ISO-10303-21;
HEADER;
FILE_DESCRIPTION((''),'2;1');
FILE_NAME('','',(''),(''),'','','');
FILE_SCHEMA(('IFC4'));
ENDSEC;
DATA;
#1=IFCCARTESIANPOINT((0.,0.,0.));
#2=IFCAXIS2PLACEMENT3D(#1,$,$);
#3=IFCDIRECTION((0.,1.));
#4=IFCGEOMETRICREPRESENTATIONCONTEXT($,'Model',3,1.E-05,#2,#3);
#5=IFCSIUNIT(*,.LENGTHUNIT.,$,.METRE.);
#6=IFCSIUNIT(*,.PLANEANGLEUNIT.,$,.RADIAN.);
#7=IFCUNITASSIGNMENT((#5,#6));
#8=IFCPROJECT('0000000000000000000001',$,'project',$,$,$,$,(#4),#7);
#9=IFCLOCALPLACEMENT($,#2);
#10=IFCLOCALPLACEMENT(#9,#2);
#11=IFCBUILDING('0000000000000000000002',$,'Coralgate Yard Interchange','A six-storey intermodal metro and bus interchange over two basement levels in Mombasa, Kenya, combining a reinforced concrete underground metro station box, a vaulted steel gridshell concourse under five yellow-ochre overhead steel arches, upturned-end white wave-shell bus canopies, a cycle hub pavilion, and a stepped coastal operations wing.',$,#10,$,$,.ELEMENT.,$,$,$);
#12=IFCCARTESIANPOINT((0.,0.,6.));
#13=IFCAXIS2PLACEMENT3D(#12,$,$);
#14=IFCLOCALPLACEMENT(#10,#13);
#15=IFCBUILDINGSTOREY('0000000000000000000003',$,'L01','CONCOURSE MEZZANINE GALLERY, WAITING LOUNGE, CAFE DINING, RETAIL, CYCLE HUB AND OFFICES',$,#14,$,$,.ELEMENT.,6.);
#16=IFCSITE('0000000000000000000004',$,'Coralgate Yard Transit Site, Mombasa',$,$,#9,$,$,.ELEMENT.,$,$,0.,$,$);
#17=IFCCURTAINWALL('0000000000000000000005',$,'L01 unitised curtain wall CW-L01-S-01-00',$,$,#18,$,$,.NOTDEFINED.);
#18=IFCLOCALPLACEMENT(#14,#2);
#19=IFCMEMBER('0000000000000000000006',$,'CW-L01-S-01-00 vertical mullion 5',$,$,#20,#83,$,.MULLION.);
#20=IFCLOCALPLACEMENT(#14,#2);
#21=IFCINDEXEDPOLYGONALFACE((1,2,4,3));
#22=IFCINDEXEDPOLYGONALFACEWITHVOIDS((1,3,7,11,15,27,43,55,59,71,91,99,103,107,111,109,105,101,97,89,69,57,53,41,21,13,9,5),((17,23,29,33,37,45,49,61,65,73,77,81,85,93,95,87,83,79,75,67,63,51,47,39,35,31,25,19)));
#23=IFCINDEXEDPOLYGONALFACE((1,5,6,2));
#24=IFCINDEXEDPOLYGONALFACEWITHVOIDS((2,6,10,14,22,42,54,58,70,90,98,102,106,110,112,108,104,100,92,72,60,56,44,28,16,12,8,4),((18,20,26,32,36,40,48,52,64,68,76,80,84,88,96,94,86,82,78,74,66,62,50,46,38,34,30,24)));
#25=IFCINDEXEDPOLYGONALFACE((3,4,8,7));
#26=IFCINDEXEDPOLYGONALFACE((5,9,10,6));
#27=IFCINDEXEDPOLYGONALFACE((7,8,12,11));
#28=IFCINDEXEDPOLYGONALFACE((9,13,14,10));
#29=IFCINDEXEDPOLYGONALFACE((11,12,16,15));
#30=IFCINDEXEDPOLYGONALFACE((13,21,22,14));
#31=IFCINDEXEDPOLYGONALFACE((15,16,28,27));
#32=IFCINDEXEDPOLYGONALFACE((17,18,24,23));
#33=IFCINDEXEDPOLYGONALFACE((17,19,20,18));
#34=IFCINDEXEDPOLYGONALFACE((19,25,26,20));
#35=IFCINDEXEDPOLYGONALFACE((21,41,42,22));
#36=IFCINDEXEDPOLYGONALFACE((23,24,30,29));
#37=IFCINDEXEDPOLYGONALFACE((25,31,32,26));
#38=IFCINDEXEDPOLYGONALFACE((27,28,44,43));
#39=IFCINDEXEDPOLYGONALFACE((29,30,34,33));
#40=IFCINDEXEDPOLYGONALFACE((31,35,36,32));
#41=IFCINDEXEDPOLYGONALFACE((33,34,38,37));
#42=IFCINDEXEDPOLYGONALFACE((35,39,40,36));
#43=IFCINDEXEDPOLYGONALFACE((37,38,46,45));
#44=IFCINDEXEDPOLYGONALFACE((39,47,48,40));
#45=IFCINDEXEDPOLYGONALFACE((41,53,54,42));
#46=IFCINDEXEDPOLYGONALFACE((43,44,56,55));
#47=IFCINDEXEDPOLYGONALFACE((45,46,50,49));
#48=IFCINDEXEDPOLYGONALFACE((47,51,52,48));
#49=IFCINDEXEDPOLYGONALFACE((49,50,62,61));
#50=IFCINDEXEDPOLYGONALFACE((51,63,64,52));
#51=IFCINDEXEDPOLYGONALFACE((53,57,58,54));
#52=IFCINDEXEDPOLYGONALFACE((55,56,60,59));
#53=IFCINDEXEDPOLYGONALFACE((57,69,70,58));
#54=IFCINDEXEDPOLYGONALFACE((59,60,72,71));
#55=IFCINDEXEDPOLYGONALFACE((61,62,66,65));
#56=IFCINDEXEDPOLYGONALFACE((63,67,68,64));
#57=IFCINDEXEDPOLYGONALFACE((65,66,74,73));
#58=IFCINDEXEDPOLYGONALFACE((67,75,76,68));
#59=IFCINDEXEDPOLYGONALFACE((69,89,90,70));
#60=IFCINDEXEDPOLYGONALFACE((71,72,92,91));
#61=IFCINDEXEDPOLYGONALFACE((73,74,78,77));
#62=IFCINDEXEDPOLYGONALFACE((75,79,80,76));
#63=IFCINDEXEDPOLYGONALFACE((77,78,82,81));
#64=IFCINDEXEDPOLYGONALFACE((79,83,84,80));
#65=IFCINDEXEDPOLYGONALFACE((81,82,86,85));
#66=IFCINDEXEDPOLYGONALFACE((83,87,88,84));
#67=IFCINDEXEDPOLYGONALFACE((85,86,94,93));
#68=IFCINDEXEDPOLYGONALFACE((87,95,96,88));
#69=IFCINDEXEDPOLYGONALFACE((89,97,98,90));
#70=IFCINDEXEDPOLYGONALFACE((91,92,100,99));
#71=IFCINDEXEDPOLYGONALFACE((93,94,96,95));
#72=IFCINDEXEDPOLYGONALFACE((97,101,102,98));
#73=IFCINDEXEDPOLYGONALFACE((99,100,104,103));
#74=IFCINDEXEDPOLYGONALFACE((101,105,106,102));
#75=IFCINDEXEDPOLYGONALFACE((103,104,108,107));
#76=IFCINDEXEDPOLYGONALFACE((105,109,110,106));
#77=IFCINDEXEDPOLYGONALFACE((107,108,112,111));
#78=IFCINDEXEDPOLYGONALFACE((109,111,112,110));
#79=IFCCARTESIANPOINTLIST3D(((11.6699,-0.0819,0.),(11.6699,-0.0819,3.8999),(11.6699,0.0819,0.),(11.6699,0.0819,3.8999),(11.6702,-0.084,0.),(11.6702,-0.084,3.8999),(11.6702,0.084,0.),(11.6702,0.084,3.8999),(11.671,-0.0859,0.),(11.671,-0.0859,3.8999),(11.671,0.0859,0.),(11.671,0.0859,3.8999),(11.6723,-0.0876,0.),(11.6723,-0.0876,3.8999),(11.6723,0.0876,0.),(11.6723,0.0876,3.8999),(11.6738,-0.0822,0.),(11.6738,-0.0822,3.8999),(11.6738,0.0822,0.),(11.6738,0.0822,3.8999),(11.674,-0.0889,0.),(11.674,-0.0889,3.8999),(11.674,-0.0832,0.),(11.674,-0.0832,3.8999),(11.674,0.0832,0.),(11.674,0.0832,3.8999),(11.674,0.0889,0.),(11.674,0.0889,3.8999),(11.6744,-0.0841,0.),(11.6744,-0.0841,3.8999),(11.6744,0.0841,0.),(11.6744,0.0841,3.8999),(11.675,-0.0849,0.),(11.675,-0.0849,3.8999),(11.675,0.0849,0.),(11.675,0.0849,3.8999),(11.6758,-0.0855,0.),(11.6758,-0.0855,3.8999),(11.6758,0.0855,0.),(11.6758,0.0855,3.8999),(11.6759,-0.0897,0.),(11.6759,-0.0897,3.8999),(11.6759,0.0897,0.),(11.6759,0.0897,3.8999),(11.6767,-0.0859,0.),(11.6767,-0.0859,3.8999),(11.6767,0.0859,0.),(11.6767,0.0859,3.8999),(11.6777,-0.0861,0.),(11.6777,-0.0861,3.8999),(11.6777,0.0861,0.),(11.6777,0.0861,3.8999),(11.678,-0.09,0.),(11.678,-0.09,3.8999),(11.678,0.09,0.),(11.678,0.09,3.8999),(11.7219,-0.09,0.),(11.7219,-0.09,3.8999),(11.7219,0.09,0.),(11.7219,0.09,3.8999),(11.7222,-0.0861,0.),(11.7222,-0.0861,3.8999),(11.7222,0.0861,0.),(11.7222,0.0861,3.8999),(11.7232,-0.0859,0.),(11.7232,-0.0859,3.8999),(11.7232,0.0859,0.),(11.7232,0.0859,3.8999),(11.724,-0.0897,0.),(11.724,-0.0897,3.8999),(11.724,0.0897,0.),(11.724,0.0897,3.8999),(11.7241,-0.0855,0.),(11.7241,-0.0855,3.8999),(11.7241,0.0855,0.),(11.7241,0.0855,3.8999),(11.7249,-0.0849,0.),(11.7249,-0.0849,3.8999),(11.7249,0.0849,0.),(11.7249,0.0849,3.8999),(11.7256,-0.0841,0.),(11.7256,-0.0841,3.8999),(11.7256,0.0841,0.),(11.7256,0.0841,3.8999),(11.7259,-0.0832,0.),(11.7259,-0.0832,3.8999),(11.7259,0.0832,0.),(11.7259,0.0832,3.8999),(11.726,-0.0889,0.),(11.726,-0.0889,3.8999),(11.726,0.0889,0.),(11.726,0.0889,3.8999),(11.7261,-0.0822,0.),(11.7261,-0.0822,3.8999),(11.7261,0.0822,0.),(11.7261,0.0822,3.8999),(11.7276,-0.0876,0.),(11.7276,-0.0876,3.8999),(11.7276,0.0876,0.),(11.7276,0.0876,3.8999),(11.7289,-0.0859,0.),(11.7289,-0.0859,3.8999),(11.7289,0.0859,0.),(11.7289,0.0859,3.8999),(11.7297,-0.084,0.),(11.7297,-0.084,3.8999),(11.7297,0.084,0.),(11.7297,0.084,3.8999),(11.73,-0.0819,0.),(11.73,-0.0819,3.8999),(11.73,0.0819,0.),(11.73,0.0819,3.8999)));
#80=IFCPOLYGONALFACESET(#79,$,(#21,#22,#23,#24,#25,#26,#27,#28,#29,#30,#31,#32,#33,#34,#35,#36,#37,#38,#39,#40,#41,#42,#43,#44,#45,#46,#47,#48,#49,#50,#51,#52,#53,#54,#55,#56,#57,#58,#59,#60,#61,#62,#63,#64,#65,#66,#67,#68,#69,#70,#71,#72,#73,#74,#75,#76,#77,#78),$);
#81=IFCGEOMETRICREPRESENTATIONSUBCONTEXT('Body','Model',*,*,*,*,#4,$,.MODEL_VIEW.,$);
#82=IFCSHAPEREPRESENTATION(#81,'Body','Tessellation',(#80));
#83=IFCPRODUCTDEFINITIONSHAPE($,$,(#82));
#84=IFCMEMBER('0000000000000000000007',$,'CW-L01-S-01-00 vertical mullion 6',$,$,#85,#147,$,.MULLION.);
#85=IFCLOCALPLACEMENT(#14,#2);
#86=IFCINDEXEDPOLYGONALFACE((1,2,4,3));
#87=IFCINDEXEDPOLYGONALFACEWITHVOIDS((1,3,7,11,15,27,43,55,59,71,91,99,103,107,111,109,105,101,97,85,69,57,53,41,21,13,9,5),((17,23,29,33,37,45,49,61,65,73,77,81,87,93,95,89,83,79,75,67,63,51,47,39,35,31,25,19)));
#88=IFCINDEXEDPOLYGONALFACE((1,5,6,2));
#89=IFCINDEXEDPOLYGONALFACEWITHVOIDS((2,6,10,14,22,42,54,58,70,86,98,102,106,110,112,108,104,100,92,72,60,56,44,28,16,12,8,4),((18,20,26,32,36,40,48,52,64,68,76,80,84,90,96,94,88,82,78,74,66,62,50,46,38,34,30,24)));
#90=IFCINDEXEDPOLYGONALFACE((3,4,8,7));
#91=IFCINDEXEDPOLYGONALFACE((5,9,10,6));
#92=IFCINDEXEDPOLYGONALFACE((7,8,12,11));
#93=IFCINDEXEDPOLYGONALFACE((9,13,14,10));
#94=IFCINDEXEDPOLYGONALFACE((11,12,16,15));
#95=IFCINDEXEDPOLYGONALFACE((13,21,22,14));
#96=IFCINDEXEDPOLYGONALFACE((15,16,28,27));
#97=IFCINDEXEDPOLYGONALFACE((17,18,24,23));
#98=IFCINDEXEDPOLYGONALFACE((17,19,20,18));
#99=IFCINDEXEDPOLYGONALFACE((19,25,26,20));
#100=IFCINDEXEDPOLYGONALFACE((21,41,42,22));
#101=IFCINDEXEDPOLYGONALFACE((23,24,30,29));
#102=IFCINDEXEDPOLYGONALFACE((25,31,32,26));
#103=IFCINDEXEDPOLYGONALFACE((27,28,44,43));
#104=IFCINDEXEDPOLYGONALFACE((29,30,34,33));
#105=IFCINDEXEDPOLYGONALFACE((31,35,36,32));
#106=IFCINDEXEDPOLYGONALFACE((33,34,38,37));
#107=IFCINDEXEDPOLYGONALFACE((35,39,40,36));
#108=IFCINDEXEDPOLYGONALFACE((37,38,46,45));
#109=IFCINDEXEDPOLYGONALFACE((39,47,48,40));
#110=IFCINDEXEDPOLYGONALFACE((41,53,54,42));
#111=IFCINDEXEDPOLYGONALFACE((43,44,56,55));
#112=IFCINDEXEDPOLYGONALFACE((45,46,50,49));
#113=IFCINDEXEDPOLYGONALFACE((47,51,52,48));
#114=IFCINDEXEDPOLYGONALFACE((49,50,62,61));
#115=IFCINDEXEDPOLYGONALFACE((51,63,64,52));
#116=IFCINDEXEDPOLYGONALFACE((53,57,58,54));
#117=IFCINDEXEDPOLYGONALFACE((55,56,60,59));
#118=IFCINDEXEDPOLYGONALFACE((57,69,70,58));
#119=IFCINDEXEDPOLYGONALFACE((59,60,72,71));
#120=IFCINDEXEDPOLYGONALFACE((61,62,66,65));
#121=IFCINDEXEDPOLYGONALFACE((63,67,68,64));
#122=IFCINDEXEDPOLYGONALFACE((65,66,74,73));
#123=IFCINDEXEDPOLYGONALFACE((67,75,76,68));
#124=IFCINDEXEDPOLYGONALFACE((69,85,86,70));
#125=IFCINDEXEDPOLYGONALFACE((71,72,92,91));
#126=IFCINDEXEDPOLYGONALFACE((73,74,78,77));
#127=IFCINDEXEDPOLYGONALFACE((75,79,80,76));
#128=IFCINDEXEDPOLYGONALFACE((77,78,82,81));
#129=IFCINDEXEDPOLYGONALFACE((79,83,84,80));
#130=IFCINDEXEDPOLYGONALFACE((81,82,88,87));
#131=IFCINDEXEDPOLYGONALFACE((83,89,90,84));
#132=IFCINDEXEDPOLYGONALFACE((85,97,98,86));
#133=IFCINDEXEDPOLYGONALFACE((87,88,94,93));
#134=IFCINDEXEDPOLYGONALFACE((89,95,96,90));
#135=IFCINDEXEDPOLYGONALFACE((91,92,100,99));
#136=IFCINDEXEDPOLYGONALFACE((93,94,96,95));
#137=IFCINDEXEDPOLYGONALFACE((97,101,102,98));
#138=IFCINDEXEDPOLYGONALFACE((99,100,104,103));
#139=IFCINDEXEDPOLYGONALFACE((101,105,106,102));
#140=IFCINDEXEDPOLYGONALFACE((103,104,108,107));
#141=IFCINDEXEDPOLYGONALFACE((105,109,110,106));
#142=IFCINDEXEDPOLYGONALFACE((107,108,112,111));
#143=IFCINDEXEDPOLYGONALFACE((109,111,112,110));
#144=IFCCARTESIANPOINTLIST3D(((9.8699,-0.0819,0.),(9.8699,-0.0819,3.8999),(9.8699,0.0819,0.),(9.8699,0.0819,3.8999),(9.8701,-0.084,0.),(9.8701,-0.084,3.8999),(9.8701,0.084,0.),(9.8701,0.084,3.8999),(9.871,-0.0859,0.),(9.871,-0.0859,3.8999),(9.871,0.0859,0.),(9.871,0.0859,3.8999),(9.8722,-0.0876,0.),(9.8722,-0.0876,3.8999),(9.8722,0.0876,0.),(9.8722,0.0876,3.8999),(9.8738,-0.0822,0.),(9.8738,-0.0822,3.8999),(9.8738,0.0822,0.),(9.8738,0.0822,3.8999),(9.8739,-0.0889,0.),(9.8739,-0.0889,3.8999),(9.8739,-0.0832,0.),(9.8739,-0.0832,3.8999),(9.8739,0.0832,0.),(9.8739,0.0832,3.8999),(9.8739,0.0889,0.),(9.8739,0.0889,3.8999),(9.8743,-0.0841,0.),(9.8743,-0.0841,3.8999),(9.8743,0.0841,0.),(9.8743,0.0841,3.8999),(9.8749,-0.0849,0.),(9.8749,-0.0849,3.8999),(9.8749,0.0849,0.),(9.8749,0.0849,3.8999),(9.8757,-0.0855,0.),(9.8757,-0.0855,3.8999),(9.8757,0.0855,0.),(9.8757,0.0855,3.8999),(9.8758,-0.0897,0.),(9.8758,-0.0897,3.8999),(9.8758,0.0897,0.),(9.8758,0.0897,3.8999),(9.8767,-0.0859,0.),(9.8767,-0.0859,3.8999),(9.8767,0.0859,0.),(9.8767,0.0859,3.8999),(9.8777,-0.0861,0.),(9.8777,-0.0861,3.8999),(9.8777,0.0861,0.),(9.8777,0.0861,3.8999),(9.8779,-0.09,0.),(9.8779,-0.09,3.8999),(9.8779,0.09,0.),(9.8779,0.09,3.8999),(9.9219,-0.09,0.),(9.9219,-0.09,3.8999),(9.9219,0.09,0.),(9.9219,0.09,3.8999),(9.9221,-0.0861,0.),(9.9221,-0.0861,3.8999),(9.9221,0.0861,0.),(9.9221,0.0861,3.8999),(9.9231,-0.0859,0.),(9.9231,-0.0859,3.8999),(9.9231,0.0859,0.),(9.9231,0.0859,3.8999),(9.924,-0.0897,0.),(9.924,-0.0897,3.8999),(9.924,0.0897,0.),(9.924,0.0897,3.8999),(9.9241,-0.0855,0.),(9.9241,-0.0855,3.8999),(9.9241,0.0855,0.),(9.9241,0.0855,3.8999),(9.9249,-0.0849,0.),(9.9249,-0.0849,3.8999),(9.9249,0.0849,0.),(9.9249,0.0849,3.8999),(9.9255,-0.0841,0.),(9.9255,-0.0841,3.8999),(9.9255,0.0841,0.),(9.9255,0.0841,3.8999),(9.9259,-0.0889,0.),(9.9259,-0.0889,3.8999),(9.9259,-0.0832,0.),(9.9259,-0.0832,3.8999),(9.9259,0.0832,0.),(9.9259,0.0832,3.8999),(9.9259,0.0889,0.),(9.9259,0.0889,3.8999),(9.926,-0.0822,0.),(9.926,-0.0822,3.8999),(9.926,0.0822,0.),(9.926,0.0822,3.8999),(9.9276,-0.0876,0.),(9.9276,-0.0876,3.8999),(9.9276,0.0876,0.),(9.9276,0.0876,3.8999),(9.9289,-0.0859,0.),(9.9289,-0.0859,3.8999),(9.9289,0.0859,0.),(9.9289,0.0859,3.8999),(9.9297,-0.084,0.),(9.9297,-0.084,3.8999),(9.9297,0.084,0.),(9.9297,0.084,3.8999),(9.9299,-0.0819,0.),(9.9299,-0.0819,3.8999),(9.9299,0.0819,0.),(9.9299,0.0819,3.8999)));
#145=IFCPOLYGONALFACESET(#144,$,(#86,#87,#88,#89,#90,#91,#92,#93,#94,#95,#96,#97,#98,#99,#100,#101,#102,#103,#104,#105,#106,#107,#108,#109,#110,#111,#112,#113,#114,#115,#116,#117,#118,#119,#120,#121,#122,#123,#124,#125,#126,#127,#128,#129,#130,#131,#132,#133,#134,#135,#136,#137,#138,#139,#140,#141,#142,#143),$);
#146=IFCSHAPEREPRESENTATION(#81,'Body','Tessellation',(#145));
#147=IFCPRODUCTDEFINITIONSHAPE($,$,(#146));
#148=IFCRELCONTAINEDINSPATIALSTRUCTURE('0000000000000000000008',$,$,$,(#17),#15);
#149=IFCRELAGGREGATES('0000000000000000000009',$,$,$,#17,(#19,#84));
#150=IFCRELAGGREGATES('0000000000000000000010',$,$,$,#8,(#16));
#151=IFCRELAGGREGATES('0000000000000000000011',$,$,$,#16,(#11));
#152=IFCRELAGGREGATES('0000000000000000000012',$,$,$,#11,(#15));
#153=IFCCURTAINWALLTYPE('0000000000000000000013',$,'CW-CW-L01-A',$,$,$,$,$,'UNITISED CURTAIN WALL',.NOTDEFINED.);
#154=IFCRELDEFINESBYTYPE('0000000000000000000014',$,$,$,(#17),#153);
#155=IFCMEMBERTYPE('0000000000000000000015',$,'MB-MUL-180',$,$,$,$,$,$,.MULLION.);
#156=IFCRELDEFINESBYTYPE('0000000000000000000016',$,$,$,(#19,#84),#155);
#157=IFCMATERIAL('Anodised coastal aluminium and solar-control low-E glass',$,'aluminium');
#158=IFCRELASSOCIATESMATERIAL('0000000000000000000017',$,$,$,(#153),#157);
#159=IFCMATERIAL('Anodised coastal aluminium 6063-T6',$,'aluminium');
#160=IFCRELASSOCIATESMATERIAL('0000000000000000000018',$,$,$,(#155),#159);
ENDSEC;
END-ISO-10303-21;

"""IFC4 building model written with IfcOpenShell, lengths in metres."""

from ifc_helpers import new_model, si_unit, direction, frame, origin, origin_2d, place, context, subcontext, project, spatial, hollow_rectangle, extrude, material, material_profile, profile_set, type_object, element, aggregate, save


model = new_model("IFC4")

# Units and contexts
model_context = context("Model", 3, precision=1e-05, world=origin(), true_north=direction((0.0, 1.0)))
body_context = subcontext(model_context, "Body", "Model", "MODEL_VIEW")
ifc_project = project(units=[si_unit("LENGTHUNIT", "METRE"), si_unit("PLANEANGLEUNIT", "RADIAN")], contexts=[model_context])

# Site, building, storey
site_placement = place(None, origin())
site = spatial("IfcSite", under=ifc_project, at=site_placement, Name="Coralgate Yard Transit Site, Mombasa", CompositionType="ELEMENT", RefElevation=0.0)
building_placement = place(site_placement, origin())
building = spatial("IfcBuilding", under=site, at=building_placement, Name="Coralgate Yard Interchange", Description="A six-storey intermodal metro and bus interchange over two basement levels in Mombasa, Kenya, combining a reinforced concrete underground metro station box, a vaulted steel gridshell concourse under five yellow-ochre overhead steel arches, upturned-end white wave-shell bus canopies, a cycle hub pavilion, and a stepped coastal operations wing.", CompositionType="ELEMENT")
storey_placement = place(building_placement, frame((0.0, 0.0, 6.0)))
storey = spatial("IfcBuildingStorey", under=building, at=storey_placement, Name="L01", Description="CONCOURSE MEZZANINE GALLERY, WAITING LOUNGE, CAFE DINING, RETAIL, CYCLE HUB AND OFFICES", CompositionType="ELEMENT", Elevation=6.0)

# Curtain wall, members
ifc_material_1 = material(Name="Anodised coastal aluminium and solar-control low-E glass", Category="aluminium")
curtain_wall_type = type_object("IfcCurtainWallType", Name="CW-CW-L01-A", ElementType="UNITISED CURTAIN WALL", PredefinedType="NOTDEFINED", material=ifc_material_1)
curtain_wall_placement = place(storey_placement, origin())
curtain_wall = element("IfcCurtainWall", 1, at=curtain_wall_placement, inside=storey, type_object=curtain_wall_type, Name="L01 unitised curtain wall CW-L01-S-01-00", PredefinedType="NOTDEFINED")
ifc_material_2 = material(Name="Anodised coastal aluminium 6063-T6", Category="aluminium")
ifc_material_profile_1 = material_profile(ifc_material_2, hollow_rectangle(XDim=0.0601, YDim=0.1799, WallThickness=0.0039, InnerFilletRadius=0.0039, OuterFilletRadius=0.0081, at=origin_2d()), Name="ALU 60x180x4")
ifc_profile_set_1 = profile_set([ifc_material_profile_1], Name="Anodised coastal aluminium 6063-T6")
member_type_1 = type_object("IfcMemberType", Name="MB-MUL-180", PredefinedType="MULLION", material=ifc_profile_set_1)
member_1_placement = place(storey_placement, frame((11.7, 0.0, 0.0), z_axis=(0.0, 0.0, 1.0), x_axis=(1.0, 0.0, 0.0)))
member_1 = element("IfcMember", 2, at=member_1_placement, type_object=member_type_1, Name="CW-L01-S-01-00 vertical mullion 5", PredefinedType="MULLION", context=body_context, shape_type="SweptSolid", body=[
    extrude(hollow_rectangle(XDim=0.0601, YDim=0.1799, WallThickness=0.0039, InnerFilletRadius=0.0039, OuterFilletRadius=0.0081, at=origin_2d()), origin(), (0.0, 0.0, 1.0), 3.8999),
])
member_2_placement = place(storey_placement, frame((9.8999, 0.0, 0.0), z_axis=(0.0, 0.0, 1.0), x_axis=(1.0, 0.0, 0.0)))
member_2 = element("IfcMember", 3, at=member_2_placement, type_object=member_type_1, Name="CW-L01-S-01-00 vertical mullion 6", PredefinedType="MULLION", context=body_context, shape_type="SweptSolid", body=[
    extrude(hollow_rectangle(XDim=0.0601, YDim=0.1799, WallThickness=0.0039, InnerFilletRadius=0.0039, OuterFilletRadius=0.0081, at=origin_2d()), origin(), (0.0, 0.0, 1.0), 3.8999),
])
aggregate(curtain_wall, [member_1, member_2])

save(model, "model.ifc")
